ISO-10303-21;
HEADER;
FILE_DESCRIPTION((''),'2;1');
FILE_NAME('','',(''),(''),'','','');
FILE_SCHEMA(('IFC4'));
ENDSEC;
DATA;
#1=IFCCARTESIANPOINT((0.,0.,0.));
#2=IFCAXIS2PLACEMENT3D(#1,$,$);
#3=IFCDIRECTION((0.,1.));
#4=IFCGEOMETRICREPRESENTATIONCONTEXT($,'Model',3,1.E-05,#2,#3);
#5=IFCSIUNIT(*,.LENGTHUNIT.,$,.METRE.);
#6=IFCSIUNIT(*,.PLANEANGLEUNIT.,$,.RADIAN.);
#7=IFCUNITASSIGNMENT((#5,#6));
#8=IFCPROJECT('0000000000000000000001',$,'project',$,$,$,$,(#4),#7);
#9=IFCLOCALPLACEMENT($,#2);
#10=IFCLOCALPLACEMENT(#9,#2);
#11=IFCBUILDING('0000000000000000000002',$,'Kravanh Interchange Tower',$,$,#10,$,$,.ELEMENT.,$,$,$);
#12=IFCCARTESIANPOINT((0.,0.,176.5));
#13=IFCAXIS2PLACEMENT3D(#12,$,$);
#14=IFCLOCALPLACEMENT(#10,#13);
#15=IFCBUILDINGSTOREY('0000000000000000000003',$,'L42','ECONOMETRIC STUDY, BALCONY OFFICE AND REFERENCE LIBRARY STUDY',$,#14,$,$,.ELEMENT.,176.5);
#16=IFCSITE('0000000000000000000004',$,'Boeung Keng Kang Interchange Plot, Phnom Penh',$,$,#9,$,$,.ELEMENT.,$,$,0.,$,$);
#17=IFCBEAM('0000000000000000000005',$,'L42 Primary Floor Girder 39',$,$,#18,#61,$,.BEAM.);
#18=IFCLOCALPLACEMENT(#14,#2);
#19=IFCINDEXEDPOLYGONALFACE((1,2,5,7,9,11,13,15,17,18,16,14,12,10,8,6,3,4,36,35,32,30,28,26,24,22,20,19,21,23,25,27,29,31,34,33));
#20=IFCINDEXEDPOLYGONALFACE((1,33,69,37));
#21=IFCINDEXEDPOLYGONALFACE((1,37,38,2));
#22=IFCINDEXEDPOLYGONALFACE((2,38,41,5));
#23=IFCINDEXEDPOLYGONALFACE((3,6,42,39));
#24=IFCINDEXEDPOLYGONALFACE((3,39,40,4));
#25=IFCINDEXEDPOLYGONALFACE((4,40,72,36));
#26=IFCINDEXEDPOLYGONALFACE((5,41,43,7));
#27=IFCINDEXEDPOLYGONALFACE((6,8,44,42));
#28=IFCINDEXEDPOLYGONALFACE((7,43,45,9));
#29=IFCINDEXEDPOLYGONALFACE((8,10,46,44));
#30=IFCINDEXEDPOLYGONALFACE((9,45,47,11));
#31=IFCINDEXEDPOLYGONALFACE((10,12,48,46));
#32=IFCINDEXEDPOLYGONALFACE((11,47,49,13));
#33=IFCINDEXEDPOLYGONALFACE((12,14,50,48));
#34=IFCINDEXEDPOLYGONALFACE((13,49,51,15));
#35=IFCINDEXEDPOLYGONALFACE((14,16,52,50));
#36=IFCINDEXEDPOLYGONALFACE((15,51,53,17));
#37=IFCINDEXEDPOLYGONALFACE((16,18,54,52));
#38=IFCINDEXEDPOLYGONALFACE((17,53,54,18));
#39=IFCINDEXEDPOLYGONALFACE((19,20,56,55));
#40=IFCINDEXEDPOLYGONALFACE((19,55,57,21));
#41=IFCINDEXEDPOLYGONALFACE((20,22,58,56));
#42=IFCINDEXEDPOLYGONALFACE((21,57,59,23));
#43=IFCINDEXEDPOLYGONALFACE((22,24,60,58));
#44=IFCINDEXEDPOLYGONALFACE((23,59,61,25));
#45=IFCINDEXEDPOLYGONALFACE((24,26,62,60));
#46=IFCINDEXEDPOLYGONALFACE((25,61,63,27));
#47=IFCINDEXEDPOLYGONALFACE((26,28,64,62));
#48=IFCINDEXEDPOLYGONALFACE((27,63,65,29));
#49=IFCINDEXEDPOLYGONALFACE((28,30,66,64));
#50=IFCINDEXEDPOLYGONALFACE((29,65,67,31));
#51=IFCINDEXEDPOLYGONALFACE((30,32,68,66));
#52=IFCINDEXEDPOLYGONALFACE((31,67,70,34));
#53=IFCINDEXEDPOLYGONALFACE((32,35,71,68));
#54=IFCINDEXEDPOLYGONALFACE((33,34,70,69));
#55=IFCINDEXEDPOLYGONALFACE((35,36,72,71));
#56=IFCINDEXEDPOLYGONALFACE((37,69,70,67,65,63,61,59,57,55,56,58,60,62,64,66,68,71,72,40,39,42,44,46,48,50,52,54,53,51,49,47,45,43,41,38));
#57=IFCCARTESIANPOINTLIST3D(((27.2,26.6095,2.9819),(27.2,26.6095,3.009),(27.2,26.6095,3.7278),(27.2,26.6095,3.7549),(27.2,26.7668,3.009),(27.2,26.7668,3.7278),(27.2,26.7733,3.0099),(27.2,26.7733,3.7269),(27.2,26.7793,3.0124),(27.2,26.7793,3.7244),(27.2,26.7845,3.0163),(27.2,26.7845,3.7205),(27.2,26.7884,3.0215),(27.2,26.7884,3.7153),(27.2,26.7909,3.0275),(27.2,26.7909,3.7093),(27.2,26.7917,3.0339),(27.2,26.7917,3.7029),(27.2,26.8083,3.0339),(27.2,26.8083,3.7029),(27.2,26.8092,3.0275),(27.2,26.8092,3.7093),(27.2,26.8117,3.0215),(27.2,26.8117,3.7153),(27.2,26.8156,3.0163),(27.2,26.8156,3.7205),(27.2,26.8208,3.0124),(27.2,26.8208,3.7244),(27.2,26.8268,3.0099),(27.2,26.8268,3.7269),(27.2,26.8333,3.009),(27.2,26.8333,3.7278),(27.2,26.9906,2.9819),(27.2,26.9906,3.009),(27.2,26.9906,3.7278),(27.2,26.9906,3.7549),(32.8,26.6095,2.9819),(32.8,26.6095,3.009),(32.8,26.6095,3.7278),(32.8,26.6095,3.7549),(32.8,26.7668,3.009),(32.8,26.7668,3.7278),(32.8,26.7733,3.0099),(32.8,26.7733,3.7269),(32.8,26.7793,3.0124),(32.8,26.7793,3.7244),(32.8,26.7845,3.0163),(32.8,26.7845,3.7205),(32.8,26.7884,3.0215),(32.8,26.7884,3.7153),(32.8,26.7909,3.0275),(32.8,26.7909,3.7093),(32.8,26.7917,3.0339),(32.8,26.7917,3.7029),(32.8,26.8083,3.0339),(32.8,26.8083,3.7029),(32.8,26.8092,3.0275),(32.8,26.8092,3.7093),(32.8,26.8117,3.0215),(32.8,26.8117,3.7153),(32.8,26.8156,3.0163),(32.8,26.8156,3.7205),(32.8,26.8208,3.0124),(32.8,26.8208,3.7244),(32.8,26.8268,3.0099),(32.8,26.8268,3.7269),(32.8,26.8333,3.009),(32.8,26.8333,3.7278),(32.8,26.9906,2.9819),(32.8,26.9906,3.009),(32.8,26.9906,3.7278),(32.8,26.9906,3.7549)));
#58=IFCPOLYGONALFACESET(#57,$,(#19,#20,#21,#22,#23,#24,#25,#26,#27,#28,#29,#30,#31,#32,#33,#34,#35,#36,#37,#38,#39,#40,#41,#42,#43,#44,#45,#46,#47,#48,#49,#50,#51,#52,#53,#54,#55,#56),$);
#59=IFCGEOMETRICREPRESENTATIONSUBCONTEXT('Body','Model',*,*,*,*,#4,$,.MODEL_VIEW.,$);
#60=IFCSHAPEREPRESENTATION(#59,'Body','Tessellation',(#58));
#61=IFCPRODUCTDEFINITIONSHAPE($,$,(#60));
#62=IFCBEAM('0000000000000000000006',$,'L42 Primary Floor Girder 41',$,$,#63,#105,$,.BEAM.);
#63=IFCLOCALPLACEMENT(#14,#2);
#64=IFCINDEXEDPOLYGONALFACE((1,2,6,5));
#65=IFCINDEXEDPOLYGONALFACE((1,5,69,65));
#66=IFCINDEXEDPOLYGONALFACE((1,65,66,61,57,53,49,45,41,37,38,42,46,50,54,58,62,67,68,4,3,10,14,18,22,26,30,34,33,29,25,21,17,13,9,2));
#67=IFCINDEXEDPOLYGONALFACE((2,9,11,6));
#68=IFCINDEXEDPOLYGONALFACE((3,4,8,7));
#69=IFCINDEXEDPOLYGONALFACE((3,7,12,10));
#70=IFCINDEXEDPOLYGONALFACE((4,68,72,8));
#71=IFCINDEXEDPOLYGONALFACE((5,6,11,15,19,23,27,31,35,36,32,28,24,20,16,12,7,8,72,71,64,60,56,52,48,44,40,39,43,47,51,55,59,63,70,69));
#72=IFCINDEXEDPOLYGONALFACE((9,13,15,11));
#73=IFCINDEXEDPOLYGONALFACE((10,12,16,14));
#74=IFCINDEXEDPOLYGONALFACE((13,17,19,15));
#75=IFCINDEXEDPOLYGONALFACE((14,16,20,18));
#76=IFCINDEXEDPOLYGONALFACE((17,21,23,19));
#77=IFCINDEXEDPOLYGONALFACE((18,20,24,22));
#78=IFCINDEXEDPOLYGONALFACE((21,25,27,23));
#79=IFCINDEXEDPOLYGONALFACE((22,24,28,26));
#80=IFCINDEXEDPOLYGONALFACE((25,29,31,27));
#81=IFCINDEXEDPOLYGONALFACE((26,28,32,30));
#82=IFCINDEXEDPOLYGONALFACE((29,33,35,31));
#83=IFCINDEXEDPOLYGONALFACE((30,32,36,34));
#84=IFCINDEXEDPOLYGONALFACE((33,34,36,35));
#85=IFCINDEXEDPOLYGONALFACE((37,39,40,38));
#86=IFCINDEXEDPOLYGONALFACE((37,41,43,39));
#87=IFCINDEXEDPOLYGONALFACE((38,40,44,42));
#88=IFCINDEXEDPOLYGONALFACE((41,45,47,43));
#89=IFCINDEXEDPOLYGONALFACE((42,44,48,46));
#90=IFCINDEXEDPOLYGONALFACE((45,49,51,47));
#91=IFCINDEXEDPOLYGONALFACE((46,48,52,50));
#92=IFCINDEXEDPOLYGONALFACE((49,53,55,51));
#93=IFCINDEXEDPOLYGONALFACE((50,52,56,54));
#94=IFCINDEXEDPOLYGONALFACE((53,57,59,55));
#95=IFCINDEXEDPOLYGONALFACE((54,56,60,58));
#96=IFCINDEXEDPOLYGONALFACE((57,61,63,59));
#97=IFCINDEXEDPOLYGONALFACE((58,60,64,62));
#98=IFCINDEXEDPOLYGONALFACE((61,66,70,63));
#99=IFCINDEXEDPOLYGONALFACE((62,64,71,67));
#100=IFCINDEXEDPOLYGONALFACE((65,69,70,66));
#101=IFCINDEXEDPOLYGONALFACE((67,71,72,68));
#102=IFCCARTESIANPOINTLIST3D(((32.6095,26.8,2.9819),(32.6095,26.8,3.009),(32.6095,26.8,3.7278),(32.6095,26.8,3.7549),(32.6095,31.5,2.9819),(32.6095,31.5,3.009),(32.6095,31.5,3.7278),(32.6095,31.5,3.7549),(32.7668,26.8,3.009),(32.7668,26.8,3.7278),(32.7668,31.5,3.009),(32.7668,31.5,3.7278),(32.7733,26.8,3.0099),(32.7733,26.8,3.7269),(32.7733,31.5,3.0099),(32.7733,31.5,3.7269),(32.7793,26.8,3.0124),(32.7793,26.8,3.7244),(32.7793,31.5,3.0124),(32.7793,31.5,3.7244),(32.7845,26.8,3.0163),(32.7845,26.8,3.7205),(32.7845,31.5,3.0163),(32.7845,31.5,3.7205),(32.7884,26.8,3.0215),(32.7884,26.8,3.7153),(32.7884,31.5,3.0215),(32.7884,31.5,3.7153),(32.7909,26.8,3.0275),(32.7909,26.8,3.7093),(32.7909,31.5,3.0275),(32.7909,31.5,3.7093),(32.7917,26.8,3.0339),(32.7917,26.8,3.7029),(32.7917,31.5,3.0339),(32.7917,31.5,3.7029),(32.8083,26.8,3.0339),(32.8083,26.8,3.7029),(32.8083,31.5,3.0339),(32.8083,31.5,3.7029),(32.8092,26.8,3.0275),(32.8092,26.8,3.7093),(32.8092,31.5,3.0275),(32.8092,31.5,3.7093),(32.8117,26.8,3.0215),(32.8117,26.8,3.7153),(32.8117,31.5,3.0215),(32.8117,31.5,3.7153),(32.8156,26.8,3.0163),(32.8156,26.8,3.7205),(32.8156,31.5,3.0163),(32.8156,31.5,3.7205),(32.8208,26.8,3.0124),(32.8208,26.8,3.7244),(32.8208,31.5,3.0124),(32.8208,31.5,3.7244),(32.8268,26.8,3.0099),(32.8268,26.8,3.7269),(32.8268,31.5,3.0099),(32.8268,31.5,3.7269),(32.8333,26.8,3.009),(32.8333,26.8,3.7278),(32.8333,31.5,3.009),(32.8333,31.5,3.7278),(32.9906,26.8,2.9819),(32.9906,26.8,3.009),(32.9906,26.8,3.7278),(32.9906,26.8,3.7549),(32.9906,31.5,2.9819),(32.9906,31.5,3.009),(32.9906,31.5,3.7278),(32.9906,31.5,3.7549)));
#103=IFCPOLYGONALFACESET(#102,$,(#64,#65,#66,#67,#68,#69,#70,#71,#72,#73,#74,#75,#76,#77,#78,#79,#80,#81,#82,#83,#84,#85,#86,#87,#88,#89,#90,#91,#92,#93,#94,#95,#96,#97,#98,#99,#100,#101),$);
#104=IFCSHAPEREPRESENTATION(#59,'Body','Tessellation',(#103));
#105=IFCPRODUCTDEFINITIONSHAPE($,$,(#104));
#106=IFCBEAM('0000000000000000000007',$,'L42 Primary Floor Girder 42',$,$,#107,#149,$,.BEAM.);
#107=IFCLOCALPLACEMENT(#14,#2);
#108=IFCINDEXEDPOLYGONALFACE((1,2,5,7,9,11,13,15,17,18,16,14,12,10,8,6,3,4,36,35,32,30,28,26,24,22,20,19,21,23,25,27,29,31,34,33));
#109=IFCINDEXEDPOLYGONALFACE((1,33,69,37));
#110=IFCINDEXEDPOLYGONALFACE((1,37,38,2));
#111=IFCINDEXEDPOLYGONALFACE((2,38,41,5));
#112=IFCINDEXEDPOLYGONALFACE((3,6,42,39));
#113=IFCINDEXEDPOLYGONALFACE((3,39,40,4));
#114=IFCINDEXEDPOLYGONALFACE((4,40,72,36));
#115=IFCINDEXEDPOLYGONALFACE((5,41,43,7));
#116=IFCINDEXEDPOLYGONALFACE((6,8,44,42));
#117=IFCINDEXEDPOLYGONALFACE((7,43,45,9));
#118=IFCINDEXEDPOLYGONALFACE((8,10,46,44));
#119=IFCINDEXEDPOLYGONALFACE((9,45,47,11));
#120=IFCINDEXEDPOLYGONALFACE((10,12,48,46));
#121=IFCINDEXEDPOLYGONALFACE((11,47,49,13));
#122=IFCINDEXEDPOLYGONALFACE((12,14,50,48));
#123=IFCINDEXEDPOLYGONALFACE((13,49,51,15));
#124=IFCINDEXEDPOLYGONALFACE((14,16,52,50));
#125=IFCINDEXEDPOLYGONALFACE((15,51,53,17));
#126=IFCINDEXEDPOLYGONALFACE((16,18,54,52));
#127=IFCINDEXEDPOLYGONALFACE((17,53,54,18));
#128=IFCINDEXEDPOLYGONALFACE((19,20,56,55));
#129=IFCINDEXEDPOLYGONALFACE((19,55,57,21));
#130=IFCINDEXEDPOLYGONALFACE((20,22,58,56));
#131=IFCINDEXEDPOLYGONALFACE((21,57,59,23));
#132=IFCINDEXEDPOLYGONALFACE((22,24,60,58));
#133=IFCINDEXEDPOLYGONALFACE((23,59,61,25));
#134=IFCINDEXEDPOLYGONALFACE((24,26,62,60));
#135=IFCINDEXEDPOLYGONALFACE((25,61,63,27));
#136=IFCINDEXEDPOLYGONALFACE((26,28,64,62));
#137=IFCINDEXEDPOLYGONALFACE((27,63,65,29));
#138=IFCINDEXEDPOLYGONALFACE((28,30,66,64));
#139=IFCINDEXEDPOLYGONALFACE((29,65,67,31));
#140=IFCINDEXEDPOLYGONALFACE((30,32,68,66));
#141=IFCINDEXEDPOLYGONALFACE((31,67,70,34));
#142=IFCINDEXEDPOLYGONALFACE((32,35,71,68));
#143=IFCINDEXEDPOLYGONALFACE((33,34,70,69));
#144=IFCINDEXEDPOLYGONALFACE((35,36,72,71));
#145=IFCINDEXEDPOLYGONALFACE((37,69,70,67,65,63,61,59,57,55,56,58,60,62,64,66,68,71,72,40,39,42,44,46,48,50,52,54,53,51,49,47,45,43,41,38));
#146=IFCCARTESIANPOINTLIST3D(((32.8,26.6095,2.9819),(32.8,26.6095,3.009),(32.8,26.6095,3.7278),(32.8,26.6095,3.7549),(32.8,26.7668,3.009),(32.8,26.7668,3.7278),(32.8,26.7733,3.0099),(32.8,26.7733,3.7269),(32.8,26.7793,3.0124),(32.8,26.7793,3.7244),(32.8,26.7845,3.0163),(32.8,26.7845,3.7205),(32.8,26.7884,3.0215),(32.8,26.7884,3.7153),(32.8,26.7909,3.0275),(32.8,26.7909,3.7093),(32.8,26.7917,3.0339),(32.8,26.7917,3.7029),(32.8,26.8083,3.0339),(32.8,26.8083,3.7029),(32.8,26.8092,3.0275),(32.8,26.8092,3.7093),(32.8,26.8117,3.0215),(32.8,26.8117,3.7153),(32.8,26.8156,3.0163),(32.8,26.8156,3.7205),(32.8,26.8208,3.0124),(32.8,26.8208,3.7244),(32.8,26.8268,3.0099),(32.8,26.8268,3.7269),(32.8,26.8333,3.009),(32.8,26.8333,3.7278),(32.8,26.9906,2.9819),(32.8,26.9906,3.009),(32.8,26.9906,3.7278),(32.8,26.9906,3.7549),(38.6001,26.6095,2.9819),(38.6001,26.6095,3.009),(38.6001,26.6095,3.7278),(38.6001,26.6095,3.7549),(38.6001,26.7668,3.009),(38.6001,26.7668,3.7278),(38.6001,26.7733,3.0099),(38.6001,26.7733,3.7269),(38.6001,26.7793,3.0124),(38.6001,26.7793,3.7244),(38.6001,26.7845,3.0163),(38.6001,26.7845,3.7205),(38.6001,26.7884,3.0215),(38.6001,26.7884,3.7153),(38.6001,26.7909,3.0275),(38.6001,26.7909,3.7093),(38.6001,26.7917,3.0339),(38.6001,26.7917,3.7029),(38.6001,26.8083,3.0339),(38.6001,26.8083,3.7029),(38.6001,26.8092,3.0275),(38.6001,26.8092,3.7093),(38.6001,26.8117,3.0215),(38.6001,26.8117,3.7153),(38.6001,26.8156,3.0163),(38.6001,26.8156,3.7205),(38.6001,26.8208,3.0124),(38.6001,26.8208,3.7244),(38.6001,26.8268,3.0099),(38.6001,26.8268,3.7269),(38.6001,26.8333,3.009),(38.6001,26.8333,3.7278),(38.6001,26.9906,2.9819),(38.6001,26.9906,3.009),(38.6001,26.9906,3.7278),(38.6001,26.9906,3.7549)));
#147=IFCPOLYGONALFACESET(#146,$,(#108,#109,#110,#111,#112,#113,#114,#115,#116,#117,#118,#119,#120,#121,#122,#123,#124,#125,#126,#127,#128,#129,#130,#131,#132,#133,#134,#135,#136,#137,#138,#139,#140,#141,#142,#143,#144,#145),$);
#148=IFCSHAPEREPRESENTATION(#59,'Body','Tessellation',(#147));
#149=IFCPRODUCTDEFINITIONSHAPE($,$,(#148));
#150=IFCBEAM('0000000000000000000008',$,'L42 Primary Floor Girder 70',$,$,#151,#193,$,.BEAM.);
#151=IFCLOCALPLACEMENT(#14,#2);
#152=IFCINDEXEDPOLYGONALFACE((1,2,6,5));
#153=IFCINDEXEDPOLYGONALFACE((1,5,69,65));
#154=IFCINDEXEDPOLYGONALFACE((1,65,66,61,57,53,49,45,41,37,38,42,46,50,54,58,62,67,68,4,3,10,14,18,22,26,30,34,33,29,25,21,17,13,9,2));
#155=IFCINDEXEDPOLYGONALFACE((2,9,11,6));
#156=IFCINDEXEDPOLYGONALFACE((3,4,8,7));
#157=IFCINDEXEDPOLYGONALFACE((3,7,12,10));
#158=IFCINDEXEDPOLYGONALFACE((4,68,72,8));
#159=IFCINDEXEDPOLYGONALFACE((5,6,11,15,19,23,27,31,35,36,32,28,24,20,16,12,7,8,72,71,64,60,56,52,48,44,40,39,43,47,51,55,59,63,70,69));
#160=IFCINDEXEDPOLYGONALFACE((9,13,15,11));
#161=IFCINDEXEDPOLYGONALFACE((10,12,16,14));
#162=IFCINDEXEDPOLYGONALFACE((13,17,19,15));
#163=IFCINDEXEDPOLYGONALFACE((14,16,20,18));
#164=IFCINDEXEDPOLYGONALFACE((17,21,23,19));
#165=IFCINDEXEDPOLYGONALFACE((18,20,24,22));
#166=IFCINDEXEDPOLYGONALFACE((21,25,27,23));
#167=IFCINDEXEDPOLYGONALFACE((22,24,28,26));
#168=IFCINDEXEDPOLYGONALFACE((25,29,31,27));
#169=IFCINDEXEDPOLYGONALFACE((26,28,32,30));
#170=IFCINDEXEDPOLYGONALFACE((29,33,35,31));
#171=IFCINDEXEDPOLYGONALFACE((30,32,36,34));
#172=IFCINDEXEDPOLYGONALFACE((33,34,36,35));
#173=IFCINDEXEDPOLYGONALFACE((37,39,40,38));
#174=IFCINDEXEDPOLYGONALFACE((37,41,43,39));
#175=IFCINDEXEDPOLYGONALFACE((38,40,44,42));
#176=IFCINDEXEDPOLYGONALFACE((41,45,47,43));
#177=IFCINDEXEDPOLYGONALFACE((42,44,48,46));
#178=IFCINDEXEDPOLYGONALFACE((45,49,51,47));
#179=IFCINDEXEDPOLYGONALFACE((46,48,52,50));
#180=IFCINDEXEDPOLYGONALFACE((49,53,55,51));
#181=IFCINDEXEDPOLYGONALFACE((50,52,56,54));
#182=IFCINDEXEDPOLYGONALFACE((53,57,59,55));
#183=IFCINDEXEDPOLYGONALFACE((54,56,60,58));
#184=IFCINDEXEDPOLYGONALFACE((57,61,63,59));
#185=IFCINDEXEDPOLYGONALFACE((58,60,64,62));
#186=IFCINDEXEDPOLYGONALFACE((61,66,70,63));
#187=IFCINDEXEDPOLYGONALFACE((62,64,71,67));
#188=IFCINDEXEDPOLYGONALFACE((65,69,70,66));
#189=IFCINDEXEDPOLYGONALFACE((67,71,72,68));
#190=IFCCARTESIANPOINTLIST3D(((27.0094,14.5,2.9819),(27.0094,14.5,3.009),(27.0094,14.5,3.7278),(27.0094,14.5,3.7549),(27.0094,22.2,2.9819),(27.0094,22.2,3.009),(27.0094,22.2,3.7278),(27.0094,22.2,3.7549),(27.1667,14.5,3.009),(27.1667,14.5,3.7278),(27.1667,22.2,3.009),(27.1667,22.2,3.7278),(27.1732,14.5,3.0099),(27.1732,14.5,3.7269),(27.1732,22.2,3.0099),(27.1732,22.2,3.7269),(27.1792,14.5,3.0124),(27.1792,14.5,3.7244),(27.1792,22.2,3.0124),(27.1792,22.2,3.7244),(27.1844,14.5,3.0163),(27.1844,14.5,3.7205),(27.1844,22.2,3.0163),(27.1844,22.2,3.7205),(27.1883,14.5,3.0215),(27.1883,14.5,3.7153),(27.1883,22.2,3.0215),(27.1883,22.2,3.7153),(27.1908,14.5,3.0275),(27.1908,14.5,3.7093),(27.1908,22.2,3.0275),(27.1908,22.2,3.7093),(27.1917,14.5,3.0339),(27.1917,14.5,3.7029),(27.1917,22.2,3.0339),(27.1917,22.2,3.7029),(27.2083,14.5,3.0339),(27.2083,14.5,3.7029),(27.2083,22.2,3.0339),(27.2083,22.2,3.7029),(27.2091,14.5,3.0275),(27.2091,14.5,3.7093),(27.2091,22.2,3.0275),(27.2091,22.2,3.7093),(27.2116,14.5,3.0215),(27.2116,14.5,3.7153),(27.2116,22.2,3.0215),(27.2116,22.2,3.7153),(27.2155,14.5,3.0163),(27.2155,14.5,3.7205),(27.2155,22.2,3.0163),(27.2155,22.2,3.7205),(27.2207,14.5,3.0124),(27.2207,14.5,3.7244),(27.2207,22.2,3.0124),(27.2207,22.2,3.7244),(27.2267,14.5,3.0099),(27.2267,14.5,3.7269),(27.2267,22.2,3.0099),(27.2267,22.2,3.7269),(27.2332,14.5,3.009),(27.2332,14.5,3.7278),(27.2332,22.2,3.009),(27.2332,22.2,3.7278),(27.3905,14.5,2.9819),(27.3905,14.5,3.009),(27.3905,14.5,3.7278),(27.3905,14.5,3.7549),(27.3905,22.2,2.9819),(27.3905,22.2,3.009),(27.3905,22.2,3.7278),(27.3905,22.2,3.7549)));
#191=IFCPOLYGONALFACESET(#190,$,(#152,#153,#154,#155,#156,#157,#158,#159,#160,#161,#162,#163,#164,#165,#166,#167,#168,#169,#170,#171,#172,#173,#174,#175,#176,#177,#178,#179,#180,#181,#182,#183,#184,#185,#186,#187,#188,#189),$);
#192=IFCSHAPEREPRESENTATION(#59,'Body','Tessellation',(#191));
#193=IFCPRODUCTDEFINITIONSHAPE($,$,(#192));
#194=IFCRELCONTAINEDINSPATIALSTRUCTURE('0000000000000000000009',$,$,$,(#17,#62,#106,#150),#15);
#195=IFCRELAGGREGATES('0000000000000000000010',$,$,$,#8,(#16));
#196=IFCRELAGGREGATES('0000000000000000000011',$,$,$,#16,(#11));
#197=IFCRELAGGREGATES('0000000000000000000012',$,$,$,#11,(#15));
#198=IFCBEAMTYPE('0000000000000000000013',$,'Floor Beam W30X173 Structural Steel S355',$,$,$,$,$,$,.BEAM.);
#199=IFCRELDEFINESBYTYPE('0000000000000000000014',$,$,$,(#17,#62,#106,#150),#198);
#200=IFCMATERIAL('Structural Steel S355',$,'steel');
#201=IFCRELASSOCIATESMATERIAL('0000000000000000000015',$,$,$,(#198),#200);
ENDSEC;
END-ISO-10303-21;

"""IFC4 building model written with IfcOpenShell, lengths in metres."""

from ifc_helpers import new_model, si_unit, direction, frame, origin, origin_2d, place, context, subcontext, project, spatial, i_section, extrude, material, material_profile, profile_set, type_object, element, save


model = new_model("IFC4")

# Units and contexts
model_context = context("Model", 3, precision=1e-05, world=origin(), true_north=direction((0.0, 1.0)))
body_context = subcontext(model_context, "Body", "Model", "MODEL_VIEW")
ifc_project = project(units=[si_unit("LENGTHUNIT", "METRE"), si_unit("PLANEANGLEUNIT", "RADIAN")], contexts=[model_context])

# Site, building, storey
site_placement = place(None, origin())
site = spatial("IfcSite", under=ifc_project, at=site_placement, Name="Boeung Keng Kang Interchange Plot, Phnom Penh", CompositionType="ELEMENT", RefElevation=0.0)
building_placement = place(site_placement, origin())
building = spatial("IfcBuilding", under=site, at=building_placement, Name="Kravanh Interchange Tower", CompositionType="ELEMENT")
storey_placement = place(building_placement, frame((0.0, 0.0, 176.5)))
storey = spatial("IfcBuildingStorey", under=building, at=storey_placement, Name="L42", Description="ECONOMETRIC STUDY, BALCONY OFFICE AND REFERENCE LIBRARY STUDY", CompositionType="ELEMENT", Elevation=176.5)

# Beams
ifc_material_1 = material(Name="Structural Steel S355", Category="steel")
ifc_material_profile_1 = material_profile(ifc_material_1, i_section(OverallWidth=0.3811, OverallDepth=0.7729, WebThickness=0.0166, FlangeThickness=0.0271, FilletRadius=0.0249, at=origin_2d()), Name="W30X173")
ifc_profile_set_1 = profile_set([ifc_material_profile_1], Name="Structural Steel S355")
beam_type_1 = type_object("IfcBeamType", Name="Floor Beam W30X173 Structural Steel S355", PredefinedType="BEAM", material=ifc_profile_set_1)
beam_1_placement = place(storey_placement, frame((27.2, 26.8, 3.3684), z_axis=(1.0, 0.0, 0.0), x_axis=(0.0, 1.0, 0.0)))
element("IfcBeam", 1, at=beam_1_placement, inside=storey, type_object=beam_type_1, Name="L42 Primary Floor Girder 39", PredefinedType="BEAM", context=body_context, shape_type="SweptSolid", body=[
    extrude(i_section(OverallWidth=0.3811, OverallDepth=0.7729, WebThickness=0.0166, FlangeThickness=0.0271, FilletRadius=0.0249, at=origin_2d()), origin(), (0.0, 0.0, 1.0), 5.6001),
])
beam_2_placement = place(storey_placement, frame((32.8, 26.8, 3.3684), z_axis=(0.0, 1.0, 0.0), x_axis=(-1.0, 0.0, 0.0)))
element("IfcBeam", 2, at=beam_2_placement, inside=storey, type_object=beam_type_1, Name="L42 Primary Floor Girder 41", PredefinedType="BEAM", context=body_context, shape_type="SweptSolid", body=[
    extrude(i_section(OverallWidth=0.3811, OverallDepth=0.7729, WebThickness=0.0166, FlangeThickness=0.0271, FilletRadius=0.0249, at=origin_2d()), origin(), (0.0, 0.0, 1.0), 4.7),
])
beam_3_placement = place(storey_placement, frame((32.8, 26.8, 3.3684), z_axis=(1.0, 0.0, 0.0), x_axis=(0.0, 1.0, 0.0)))
element("IfcBeam", 3, at=beam_3_placement, inside=storey, type_object=beam_type_1, Name="L42 Primary Floor Girder 42", PredefinedType="BEAM", context=body_context, shape_type="SweptSolid", body=[
    extrude(i_section(OverallWidth=0.3811, OverallDepth=0.7729, WebThickness=0.0166, FlangeThickness=0.0271, FilletRadius=0.0249, at=origin_2d()), origin(), (0.0, 0.0, 1.0), 5.8),
])
beam_4_placement = place(storey_placement, frame((27.2, 14.5, 3.3684), z_axis=(0.0, 1.0, 0.0), x_axis=(-1.0, 0.0, 0.0)))
element("IfcBeam", 4, at=beam_4_placement, inside=storey, type_object=beam_type_1, Name="L42 Primary Floor Girder 70", PredefinedType="BEAM", context=body_context, shape_type="SweptSolid", body=[
    extrude(i_section(OverallWidth=0.3811, OverallDepth=0.7729, WebThickness=0.0166, FlangeThickness=0.0271, FilletRadius=0.0249, at=origin_2d()), origin(), (0.0, 0.0, 1.0), 7.7),
])

save(model, "model.ifc")
